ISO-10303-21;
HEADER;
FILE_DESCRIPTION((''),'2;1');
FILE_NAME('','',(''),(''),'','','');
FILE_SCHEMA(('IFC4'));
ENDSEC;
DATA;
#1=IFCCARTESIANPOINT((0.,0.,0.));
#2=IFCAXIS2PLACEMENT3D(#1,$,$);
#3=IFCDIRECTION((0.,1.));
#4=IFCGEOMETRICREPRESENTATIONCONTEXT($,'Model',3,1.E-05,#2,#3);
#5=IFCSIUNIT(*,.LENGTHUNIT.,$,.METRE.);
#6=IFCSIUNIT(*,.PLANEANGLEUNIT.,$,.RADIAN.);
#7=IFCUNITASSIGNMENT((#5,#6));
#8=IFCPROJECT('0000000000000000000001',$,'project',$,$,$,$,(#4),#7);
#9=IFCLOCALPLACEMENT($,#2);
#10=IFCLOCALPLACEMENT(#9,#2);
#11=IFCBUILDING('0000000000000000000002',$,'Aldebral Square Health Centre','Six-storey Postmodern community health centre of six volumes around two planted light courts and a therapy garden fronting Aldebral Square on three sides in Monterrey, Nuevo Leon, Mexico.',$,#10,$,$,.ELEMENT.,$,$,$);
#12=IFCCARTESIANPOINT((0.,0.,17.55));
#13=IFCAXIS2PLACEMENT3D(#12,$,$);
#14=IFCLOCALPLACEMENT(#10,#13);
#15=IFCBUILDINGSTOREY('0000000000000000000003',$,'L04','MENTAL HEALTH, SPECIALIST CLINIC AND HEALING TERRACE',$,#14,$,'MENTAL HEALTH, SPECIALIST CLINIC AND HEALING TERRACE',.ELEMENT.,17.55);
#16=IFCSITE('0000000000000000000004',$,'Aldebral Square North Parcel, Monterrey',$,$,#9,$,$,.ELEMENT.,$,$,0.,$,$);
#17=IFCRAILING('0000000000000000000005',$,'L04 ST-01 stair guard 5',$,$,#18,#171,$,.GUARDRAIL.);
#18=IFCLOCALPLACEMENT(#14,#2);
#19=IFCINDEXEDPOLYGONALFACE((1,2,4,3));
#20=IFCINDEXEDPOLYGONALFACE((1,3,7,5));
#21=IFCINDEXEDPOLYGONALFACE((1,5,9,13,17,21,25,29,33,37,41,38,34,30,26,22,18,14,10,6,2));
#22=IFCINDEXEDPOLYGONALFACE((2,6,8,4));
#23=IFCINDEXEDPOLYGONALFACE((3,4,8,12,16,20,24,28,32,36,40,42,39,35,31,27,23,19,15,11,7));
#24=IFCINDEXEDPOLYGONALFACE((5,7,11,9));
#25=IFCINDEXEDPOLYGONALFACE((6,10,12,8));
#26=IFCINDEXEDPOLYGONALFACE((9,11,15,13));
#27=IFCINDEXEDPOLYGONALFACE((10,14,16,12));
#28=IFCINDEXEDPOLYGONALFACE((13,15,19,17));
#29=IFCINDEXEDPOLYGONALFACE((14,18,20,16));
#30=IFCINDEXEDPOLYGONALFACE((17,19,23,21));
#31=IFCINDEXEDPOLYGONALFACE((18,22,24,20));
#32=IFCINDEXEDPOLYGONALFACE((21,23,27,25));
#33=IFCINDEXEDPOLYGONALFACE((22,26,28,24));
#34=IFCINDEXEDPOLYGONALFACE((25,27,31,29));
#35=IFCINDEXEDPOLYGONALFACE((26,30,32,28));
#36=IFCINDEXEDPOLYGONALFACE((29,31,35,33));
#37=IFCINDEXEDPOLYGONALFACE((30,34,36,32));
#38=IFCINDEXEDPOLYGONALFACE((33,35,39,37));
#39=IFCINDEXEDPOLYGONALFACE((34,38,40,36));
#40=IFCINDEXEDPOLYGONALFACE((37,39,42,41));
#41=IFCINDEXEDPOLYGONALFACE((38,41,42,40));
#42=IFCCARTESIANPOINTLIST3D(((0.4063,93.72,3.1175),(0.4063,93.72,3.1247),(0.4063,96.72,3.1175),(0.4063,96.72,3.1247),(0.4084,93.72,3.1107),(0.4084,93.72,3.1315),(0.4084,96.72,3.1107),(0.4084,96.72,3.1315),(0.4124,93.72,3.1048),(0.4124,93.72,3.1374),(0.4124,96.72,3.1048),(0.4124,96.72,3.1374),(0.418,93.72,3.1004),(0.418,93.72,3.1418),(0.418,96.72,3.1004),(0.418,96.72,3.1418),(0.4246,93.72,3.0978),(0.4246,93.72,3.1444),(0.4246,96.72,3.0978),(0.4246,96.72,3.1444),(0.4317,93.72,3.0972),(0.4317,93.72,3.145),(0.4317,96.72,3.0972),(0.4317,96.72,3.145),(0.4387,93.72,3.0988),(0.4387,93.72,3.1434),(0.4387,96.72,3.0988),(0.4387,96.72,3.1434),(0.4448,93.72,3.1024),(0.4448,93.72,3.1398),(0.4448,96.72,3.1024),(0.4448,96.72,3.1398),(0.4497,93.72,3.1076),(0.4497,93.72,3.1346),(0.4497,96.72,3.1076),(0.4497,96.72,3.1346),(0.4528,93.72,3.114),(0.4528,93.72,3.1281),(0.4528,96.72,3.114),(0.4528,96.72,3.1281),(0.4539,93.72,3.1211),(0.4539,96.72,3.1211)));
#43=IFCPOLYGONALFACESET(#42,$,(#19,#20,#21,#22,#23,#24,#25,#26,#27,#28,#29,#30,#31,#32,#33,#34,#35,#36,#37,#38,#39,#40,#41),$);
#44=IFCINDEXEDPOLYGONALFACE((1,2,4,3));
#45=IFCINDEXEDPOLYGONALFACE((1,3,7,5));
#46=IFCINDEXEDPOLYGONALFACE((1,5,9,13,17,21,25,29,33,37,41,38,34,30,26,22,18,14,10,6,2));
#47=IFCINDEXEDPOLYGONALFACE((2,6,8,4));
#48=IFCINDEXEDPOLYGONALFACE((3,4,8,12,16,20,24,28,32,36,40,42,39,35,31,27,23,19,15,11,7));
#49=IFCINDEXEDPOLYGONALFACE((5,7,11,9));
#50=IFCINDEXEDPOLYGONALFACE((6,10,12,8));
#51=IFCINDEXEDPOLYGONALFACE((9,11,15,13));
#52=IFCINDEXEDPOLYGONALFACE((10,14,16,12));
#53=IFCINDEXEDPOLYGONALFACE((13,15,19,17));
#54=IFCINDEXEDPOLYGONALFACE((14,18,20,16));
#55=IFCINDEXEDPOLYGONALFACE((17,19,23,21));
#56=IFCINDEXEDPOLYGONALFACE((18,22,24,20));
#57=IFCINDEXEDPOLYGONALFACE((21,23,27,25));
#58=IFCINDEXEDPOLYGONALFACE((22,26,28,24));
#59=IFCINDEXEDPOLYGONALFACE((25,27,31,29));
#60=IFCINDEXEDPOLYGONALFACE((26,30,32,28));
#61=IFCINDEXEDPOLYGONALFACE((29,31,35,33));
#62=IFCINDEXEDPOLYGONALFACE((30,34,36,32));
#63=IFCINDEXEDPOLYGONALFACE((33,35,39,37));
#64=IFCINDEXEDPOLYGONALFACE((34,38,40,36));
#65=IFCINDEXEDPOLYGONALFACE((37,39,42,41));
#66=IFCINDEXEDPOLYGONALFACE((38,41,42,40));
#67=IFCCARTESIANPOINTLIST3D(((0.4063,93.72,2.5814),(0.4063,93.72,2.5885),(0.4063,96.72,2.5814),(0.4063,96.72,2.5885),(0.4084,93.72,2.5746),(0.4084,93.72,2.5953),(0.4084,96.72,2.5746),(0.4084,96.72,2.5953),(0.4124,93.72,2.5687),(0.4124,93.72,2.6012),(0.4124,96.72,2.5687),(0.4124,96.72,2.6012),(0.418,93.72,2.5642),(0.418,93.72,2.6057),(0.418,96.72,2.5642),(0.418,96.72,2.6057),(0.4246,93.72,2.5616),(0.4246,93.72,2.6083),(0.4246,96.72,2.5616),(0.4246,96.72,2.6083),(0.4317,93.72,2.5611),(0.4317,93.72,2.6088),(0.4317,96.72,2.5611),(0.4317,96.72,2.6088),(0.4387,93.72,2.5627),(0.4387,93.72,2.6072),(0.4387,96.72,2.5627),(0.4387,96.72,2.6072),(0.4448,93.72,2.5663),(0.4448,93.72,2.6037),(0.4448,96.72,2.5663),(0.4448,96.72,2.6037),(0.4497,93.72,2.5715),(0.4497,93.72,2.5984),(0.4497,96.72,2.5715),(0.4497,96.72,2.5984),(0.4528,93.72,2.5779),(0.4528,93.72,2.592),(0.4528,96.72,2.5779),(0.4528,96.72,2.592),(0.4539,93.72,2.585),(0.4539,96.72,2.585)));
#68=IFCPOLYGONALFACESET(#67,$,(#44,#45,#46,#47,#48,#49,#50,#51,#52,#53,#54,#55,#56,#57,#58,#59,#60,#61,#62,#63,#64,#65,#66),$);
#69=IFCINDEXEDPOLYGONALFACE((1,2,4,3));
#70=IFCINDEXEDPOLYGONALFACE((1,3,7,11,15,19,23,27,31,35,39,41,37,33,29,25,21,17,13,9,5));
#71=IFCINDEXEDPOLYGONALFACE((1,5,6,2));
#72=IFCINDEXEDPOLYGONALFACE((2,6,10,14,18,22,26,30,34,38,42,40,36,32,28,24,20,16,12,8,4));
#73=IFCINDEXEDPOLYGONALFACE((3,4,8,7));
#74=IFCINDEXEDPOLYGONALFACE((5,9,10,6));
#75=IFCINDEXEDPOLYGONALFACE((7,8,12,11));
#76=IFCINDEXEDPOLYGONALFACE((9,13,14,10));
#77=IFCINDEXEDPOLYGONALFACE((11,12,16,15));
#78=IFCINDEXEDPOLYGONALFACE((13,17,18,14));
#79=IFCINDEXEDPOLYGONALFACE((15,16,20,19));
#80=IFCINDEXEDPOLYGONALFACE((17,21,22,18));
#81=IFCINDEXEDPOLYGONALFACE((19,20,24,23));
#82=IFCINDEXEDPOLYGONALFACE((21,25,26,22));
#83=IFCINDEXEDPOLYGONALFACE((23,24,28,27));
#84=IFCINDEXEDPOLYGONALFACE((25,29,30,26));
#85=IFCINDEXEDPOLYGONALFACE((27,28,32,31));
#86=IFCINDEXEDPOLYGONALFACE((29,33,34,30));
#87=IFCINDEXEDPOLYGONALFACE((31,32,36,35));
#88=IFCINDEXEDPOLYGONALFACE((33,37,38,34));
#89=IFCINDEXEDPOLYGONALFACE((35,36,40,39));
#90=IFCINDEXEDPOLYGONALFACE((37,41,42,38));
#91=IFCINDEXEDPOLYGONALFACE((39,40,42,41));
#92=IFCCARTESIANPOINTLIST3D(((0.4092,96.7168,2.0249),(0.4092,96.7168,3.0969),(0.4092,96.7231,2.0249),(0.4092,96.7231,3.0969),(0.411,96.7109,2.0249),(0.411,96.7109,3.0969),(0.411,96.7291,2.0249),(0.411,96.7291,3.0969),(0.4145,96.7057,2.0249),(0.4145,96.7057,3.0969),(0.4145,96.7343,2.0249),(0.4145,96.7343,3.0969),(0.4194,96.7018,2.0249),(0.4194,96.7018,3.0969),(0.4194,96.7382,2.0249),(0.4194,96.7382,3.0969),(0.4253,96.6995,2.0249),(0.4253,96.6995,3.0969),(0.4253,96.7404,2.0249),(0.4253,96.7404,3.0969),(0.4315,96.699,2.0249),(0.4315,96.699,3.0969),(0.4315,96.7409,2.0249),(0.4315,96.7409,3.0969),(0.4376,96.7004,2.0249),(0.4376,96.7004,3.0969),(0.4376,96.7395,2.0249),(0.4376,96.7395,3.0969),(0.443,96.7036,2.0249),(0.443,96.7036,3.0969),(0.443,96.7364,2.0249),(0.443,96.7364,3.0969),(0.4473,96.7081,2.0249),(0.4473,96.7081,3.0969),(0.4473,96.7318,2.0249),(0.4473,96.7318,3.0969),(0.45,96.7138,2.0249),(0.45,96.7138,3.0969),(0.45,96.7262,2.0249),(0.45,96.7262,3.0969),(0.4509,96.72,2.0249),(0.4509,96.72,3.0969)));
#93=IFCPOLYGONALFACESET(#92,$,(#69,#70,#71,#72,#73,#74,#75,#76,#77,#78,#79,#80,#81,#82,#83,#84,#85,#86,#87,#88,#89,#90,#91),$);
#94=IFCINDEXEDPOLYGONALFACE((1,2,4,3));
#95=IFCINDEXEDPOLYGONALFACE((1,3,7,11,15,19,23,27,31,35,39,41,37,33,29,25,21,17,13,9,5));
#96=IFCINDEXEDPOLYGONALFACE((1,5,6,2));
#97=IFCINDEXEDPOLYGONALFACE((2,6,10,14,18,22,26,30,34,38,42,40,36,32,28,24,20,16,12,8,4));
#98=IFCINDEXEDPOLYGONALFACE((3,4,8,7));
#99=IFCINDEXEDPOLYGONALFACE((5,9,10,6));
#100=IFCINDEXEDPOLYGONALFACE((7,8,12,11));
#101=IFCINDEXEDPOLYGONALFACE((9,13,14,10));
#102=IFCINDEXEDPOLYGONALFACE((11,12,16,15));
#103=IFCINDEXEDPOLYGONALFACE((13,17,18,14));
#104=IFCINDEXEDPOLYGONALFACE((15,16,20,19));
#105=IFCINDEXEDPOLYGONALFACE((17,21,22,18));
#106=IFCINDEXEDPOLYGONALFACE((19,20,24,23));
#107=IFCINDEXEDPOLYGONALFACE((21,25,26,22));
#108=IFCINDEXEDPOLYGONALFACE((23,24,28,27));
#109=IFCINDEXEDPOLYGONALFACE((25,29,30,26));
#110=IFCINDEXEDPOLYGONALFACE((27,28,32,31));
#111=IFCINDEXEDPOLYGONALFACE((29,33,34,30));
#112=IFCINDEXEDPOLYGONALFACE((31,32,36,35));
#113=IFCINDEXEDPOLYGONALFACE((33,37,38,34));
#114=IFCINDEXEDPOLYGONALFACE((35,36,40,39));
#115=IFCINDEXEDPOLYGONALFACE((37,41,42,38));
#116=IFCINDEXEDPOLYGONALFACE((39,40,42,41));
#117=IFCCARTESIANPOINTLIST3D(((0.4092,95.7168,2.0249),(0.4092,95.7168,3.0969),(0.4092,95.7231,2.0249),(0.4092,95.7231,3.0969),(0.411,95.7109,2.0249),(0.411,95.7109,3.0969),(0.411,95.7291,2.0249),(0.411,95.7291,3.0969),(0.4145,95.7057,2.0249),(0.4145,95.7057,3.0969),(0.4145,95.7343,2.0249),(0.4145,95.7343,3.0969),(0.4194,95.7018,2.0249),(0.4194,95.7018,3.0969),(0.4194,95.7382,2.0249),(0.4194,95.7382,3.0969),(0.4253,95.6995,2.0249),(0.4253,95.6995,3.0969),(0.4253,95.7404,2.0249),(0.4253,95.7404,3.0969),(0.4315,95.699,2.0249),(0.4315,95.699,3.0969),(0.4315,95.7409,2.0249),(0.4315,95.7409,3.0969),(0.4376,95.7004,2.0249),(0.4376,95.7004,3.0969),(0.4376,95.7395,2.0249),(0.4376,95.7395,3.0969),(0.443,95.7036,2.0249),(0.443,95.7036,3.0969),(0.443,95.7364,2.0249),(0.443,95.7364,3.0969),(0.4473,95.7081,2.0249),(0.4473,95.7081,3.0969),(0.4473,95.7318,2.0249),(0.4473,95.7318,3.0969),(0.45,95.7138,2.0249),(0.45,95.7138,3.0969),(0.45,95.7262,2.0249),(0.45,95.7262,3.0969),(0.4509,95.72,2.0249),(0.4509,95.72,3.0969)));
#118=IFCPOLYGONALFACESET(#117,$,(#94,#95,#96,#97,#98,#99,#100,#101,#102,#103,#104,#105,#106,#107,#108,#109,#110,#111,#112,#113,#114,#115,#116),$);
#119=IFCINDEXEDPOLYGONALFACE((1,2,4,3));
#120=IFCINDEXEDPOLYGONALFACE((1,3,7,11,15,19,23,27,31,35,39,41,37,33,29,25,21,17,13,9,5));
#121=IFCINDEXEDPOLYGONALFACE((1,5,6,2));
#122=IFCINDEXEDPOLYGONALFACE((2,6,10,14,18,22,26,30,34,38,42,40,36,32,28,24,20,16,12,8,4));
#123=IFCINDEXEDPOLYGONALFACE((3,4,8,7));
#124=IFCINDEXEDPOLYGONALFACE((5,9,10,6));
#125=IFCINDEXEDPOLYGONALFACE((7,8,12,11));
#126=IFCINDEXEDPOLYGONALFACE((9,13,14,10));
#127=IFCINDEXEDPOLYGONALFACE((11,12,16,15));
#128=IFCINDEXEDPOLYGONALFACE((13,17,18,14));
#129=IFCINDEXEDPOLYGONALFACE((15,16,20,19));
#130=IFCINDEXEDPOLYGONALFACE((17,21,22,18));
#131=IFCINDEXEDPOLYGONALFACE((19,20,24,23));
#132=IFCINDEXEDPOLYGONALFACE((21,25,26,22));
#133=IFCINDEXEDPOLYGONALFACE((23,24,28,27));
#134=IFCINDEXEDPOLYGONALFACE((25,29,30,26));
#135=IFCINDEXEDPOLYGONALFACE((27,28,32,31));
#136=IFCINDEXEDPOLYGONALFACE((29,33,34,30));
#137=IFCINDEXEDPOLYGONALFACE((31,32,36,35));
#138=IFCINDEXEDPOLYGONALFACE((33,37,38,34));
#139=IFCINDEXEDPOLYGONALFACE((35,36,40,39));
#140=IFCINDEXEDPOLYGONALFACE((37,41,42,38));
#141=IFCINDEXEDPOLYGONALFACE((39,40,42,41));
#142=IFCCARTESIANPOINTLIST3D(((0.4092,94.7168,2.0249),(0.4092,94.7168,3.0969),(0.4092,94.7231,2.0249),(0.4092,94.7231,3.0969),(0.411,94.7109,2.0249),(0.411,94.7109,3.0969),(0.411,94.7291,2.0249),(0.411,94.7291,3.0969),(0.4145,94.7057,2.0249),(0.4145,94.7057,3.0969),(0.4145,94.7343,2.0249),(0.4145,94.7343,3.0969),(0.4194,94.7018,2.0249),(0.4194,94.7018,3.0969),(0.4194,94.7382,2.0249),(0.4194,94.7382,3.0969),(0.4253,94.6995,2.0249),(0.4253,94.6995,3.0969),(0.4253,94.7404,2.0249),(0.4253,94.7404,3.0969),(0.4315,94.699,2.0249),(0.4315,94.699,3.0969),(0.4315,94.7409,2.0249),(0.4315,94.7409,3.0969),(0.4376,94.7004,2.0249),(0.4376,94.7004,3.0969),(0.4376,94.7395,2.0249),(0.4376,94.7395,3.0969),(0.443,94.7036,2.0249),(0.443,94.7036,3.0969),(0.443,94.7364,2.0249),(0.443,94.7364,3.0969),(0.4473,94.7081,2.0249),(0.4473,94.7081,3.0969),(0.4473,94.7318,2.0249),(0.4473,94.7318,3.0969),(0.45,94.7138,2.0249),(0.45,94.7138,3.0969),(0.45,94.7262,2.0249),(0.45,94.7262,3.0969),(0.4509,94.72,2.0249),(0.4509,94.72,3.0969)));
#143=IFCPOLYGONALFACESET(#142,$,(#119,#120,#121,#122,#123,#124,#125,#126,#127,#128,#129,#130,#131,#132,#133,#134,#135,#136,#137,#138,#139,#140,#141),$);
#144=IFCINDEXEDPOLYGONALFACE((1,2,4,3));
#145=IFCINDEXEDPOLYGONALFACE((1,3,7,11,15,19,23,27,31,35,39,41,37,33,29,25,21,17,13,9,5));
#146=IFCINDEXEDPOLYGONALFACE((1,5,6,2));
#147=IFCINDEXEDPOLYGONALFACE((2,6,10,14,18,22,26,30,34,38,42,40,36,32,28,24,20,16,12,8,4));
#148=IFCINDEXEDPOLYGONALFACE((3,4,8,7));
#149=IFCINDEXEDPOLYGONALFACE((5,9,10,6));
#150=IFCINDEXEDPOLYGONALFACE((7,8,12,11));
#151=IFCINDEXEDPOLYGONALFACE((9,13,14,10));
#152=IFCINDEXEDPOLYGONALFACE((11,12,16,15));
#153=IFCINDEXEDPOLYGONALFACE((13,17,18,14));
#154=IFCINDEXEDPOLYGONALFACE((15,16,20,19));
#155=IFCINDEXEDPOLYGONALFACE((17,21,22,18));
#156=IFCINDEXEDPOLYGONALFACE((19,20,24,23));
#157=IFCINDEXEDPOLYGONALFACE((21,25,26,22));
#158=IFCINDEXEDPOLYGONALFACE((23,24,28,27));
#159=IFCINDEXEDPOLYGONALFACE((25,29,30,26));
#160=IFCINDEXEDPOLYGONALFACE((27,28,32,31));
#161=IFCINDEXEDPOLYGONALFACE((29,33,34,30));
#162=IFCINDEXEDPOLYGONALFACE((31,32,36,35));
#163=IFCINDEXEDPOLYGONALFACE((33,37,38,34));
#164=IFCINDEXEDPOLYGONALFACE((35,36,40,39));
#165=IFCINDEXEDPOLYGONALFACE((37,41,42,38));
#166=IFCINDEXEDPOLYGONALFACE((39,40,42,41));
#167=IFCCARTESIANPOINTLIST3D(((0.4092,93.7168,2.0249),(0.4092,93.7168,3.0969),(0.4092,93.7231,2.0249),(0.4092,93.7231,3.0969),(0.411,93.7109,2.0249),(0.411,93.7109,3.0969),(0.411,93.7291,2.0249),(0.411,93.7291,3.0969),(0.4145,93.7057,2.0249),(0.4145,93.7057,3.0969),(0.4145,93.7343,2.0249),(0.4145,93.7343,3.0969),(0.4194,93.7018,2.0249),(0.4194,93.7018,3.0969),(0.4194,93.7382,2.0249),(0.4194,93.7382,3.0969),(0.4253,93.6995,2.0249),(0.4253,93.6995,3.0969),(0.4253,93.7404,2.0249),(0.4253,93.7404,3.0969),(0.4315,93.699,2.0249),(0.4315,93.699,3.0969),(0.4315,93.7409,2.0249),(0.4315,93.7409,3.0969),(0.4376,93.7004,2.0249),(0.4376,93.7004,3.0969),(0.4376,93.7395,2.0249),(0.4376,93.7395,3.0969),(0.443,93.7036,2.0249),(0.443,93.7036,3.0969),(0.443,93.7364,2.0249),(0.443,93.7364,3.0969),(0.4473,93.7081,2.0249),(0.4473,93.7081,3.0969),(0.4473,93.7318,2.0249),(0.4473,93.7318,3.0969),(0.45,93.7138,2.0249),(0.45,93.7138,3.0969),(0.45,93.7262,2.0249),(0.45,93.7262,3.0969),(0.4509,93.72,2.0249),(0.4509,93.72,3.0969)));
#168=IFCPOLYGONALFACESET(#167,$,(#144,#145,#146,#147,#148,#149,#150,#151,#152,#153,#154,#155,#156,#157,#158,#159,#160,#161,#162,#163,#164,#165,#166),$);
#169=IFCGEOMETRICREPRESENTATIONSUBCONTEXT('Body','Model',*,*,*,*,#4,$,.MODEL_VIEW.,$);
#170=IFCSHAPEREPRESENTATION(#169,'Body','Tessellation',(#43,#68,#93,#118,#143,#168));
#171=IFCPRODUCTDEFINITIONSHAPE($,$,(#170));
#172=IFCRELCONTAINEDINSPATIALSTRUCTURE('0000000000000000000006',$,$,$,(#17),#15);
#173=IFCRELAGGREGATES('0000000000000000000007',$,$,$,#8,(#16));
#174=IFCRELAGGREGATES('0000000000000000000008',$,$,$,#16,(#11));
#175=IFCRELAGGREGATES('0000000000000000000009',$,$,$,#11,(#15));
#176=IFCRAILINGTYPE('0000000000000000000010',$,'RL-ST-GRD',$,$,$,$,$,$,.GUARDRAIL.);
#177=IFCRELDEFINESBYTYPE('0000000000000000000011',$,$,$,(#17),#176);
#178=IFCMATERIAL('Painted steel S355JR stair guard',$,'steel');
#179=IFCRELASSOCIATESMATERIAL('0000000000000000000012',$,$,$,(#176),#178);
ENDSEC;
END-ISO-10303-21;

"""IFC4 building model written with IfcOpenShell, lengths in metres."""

from ifc_helpers import new_model, si_unit, direction, frame, origin, origin_2d, place, context, subcontext, project, spatial, circle, extrude, material, type_object, element, save


model = new_model("IFC4")

# Units and contexts
model_context = context("Model", 3, precision=1e-05, world=origin(), true_north=direction((0.0, 1.0)))
body_context = subcontext(model_context, "Body", "Model", "MODEL_VIEW")
ifc_project = project(units=[si_unit("LENGTHUNIT", "METRE"), si_unit("PLANEANGLEUNIT", "RADIAN")], contexts=[model_context])

# Site, building, storey
site_placement = place(None, origin())
site = spatial("IfcSite", under=ifc_project, at=site_placement, Name="Aldebral Square North Parcel, Monterrey", CompositionType="ELEMENT", RefElevation=0.0)
building_placement = place(site_placement, origin())
building = spatial("IfcBuilding", under=site, at=building_placement, Name="Aldebral Square Health Centre", Description="Six-storey Postmodern community health centre of six volumes around two planted light courts and a therapy garden fronting Aldebral Square on three sides in Monterrey, Nuevo Leon, Mexico.", CompositionType="ELEMENT")
storey_placement = place(building_placement, frame((0.0, 0.0, 17.55)))
storey = spatial("IfcBuildingStorey", under=building, at=storey_placement, Name="L04", Description="MENTAL HEALTH, SPECIALIST CLINIC AND HEALING TERRACE", LongName="MENTAL HEALTH, SPECIALIST CLINIC AND HEALING TERRACE", CompositionType="ELEMENT", Elevation=17.55)

# Railing
ifc_material_1 = material(Name="Painted steel S355JR stair guard", Category="steel")
railing_type_1 = type_object("IfcRailingType", Name="RL-ST-GRD", PredefinedType="GUARDRAIL", material=ifc_material_1)
railing_1_placement = place(storey_placement, frame((0.4299, 96.72, 2.0249)))
element("IfcRailing", 1, at=railing_1_placement, inside=storey, type_object=railing_type_1, Name="L04 ST-01 stair guard 5", PredefinedType="GUARDRAIL", context=body_context, shape_type="SweptSolid", body=[
    extrude(circle(Radius=0.0239, at=origin_2d()), frame((0.0, 0.0, 1.0962), z_axis=(0.0, -1.0, 0.0), x_axis=(1.0, 0.0, 0.0)), (0.0, 0.0, 1.0), 3.0),
    extrude(circle(Radius=0.0239, at=origin_2d()), frame((0.0, 0.0, 0.5601), z_axis=(0.0, -1.0, 0.0), x_axis=(1.0, 0.0, 0.0)), (0.0, 0.0, 1.0), 3.0),
    extrude(circle(Radius=0.021, at=origin_2d()), origin(), (0.0, 0.0, 1.0), 1.072),
    extrude(circle(Radius=0.021, at=origin_2d()), frame((0.0, -1.0, 0.0)), (0.0, 0.0, 1.0), 1.072),
    extrude(circle(Radius=0.021, at=origin_2d()), frame((0.0, -2.0, 0.0)), (0.0, 0.0, 1.0), 1.072),
    extrude(circle(Radius=0.021, at=origin_2d()), frame((0.0, -3.0, 0.0)), (0.0, 0.0, 1.0), 1.072),
])

save(model, "model.ifc")
